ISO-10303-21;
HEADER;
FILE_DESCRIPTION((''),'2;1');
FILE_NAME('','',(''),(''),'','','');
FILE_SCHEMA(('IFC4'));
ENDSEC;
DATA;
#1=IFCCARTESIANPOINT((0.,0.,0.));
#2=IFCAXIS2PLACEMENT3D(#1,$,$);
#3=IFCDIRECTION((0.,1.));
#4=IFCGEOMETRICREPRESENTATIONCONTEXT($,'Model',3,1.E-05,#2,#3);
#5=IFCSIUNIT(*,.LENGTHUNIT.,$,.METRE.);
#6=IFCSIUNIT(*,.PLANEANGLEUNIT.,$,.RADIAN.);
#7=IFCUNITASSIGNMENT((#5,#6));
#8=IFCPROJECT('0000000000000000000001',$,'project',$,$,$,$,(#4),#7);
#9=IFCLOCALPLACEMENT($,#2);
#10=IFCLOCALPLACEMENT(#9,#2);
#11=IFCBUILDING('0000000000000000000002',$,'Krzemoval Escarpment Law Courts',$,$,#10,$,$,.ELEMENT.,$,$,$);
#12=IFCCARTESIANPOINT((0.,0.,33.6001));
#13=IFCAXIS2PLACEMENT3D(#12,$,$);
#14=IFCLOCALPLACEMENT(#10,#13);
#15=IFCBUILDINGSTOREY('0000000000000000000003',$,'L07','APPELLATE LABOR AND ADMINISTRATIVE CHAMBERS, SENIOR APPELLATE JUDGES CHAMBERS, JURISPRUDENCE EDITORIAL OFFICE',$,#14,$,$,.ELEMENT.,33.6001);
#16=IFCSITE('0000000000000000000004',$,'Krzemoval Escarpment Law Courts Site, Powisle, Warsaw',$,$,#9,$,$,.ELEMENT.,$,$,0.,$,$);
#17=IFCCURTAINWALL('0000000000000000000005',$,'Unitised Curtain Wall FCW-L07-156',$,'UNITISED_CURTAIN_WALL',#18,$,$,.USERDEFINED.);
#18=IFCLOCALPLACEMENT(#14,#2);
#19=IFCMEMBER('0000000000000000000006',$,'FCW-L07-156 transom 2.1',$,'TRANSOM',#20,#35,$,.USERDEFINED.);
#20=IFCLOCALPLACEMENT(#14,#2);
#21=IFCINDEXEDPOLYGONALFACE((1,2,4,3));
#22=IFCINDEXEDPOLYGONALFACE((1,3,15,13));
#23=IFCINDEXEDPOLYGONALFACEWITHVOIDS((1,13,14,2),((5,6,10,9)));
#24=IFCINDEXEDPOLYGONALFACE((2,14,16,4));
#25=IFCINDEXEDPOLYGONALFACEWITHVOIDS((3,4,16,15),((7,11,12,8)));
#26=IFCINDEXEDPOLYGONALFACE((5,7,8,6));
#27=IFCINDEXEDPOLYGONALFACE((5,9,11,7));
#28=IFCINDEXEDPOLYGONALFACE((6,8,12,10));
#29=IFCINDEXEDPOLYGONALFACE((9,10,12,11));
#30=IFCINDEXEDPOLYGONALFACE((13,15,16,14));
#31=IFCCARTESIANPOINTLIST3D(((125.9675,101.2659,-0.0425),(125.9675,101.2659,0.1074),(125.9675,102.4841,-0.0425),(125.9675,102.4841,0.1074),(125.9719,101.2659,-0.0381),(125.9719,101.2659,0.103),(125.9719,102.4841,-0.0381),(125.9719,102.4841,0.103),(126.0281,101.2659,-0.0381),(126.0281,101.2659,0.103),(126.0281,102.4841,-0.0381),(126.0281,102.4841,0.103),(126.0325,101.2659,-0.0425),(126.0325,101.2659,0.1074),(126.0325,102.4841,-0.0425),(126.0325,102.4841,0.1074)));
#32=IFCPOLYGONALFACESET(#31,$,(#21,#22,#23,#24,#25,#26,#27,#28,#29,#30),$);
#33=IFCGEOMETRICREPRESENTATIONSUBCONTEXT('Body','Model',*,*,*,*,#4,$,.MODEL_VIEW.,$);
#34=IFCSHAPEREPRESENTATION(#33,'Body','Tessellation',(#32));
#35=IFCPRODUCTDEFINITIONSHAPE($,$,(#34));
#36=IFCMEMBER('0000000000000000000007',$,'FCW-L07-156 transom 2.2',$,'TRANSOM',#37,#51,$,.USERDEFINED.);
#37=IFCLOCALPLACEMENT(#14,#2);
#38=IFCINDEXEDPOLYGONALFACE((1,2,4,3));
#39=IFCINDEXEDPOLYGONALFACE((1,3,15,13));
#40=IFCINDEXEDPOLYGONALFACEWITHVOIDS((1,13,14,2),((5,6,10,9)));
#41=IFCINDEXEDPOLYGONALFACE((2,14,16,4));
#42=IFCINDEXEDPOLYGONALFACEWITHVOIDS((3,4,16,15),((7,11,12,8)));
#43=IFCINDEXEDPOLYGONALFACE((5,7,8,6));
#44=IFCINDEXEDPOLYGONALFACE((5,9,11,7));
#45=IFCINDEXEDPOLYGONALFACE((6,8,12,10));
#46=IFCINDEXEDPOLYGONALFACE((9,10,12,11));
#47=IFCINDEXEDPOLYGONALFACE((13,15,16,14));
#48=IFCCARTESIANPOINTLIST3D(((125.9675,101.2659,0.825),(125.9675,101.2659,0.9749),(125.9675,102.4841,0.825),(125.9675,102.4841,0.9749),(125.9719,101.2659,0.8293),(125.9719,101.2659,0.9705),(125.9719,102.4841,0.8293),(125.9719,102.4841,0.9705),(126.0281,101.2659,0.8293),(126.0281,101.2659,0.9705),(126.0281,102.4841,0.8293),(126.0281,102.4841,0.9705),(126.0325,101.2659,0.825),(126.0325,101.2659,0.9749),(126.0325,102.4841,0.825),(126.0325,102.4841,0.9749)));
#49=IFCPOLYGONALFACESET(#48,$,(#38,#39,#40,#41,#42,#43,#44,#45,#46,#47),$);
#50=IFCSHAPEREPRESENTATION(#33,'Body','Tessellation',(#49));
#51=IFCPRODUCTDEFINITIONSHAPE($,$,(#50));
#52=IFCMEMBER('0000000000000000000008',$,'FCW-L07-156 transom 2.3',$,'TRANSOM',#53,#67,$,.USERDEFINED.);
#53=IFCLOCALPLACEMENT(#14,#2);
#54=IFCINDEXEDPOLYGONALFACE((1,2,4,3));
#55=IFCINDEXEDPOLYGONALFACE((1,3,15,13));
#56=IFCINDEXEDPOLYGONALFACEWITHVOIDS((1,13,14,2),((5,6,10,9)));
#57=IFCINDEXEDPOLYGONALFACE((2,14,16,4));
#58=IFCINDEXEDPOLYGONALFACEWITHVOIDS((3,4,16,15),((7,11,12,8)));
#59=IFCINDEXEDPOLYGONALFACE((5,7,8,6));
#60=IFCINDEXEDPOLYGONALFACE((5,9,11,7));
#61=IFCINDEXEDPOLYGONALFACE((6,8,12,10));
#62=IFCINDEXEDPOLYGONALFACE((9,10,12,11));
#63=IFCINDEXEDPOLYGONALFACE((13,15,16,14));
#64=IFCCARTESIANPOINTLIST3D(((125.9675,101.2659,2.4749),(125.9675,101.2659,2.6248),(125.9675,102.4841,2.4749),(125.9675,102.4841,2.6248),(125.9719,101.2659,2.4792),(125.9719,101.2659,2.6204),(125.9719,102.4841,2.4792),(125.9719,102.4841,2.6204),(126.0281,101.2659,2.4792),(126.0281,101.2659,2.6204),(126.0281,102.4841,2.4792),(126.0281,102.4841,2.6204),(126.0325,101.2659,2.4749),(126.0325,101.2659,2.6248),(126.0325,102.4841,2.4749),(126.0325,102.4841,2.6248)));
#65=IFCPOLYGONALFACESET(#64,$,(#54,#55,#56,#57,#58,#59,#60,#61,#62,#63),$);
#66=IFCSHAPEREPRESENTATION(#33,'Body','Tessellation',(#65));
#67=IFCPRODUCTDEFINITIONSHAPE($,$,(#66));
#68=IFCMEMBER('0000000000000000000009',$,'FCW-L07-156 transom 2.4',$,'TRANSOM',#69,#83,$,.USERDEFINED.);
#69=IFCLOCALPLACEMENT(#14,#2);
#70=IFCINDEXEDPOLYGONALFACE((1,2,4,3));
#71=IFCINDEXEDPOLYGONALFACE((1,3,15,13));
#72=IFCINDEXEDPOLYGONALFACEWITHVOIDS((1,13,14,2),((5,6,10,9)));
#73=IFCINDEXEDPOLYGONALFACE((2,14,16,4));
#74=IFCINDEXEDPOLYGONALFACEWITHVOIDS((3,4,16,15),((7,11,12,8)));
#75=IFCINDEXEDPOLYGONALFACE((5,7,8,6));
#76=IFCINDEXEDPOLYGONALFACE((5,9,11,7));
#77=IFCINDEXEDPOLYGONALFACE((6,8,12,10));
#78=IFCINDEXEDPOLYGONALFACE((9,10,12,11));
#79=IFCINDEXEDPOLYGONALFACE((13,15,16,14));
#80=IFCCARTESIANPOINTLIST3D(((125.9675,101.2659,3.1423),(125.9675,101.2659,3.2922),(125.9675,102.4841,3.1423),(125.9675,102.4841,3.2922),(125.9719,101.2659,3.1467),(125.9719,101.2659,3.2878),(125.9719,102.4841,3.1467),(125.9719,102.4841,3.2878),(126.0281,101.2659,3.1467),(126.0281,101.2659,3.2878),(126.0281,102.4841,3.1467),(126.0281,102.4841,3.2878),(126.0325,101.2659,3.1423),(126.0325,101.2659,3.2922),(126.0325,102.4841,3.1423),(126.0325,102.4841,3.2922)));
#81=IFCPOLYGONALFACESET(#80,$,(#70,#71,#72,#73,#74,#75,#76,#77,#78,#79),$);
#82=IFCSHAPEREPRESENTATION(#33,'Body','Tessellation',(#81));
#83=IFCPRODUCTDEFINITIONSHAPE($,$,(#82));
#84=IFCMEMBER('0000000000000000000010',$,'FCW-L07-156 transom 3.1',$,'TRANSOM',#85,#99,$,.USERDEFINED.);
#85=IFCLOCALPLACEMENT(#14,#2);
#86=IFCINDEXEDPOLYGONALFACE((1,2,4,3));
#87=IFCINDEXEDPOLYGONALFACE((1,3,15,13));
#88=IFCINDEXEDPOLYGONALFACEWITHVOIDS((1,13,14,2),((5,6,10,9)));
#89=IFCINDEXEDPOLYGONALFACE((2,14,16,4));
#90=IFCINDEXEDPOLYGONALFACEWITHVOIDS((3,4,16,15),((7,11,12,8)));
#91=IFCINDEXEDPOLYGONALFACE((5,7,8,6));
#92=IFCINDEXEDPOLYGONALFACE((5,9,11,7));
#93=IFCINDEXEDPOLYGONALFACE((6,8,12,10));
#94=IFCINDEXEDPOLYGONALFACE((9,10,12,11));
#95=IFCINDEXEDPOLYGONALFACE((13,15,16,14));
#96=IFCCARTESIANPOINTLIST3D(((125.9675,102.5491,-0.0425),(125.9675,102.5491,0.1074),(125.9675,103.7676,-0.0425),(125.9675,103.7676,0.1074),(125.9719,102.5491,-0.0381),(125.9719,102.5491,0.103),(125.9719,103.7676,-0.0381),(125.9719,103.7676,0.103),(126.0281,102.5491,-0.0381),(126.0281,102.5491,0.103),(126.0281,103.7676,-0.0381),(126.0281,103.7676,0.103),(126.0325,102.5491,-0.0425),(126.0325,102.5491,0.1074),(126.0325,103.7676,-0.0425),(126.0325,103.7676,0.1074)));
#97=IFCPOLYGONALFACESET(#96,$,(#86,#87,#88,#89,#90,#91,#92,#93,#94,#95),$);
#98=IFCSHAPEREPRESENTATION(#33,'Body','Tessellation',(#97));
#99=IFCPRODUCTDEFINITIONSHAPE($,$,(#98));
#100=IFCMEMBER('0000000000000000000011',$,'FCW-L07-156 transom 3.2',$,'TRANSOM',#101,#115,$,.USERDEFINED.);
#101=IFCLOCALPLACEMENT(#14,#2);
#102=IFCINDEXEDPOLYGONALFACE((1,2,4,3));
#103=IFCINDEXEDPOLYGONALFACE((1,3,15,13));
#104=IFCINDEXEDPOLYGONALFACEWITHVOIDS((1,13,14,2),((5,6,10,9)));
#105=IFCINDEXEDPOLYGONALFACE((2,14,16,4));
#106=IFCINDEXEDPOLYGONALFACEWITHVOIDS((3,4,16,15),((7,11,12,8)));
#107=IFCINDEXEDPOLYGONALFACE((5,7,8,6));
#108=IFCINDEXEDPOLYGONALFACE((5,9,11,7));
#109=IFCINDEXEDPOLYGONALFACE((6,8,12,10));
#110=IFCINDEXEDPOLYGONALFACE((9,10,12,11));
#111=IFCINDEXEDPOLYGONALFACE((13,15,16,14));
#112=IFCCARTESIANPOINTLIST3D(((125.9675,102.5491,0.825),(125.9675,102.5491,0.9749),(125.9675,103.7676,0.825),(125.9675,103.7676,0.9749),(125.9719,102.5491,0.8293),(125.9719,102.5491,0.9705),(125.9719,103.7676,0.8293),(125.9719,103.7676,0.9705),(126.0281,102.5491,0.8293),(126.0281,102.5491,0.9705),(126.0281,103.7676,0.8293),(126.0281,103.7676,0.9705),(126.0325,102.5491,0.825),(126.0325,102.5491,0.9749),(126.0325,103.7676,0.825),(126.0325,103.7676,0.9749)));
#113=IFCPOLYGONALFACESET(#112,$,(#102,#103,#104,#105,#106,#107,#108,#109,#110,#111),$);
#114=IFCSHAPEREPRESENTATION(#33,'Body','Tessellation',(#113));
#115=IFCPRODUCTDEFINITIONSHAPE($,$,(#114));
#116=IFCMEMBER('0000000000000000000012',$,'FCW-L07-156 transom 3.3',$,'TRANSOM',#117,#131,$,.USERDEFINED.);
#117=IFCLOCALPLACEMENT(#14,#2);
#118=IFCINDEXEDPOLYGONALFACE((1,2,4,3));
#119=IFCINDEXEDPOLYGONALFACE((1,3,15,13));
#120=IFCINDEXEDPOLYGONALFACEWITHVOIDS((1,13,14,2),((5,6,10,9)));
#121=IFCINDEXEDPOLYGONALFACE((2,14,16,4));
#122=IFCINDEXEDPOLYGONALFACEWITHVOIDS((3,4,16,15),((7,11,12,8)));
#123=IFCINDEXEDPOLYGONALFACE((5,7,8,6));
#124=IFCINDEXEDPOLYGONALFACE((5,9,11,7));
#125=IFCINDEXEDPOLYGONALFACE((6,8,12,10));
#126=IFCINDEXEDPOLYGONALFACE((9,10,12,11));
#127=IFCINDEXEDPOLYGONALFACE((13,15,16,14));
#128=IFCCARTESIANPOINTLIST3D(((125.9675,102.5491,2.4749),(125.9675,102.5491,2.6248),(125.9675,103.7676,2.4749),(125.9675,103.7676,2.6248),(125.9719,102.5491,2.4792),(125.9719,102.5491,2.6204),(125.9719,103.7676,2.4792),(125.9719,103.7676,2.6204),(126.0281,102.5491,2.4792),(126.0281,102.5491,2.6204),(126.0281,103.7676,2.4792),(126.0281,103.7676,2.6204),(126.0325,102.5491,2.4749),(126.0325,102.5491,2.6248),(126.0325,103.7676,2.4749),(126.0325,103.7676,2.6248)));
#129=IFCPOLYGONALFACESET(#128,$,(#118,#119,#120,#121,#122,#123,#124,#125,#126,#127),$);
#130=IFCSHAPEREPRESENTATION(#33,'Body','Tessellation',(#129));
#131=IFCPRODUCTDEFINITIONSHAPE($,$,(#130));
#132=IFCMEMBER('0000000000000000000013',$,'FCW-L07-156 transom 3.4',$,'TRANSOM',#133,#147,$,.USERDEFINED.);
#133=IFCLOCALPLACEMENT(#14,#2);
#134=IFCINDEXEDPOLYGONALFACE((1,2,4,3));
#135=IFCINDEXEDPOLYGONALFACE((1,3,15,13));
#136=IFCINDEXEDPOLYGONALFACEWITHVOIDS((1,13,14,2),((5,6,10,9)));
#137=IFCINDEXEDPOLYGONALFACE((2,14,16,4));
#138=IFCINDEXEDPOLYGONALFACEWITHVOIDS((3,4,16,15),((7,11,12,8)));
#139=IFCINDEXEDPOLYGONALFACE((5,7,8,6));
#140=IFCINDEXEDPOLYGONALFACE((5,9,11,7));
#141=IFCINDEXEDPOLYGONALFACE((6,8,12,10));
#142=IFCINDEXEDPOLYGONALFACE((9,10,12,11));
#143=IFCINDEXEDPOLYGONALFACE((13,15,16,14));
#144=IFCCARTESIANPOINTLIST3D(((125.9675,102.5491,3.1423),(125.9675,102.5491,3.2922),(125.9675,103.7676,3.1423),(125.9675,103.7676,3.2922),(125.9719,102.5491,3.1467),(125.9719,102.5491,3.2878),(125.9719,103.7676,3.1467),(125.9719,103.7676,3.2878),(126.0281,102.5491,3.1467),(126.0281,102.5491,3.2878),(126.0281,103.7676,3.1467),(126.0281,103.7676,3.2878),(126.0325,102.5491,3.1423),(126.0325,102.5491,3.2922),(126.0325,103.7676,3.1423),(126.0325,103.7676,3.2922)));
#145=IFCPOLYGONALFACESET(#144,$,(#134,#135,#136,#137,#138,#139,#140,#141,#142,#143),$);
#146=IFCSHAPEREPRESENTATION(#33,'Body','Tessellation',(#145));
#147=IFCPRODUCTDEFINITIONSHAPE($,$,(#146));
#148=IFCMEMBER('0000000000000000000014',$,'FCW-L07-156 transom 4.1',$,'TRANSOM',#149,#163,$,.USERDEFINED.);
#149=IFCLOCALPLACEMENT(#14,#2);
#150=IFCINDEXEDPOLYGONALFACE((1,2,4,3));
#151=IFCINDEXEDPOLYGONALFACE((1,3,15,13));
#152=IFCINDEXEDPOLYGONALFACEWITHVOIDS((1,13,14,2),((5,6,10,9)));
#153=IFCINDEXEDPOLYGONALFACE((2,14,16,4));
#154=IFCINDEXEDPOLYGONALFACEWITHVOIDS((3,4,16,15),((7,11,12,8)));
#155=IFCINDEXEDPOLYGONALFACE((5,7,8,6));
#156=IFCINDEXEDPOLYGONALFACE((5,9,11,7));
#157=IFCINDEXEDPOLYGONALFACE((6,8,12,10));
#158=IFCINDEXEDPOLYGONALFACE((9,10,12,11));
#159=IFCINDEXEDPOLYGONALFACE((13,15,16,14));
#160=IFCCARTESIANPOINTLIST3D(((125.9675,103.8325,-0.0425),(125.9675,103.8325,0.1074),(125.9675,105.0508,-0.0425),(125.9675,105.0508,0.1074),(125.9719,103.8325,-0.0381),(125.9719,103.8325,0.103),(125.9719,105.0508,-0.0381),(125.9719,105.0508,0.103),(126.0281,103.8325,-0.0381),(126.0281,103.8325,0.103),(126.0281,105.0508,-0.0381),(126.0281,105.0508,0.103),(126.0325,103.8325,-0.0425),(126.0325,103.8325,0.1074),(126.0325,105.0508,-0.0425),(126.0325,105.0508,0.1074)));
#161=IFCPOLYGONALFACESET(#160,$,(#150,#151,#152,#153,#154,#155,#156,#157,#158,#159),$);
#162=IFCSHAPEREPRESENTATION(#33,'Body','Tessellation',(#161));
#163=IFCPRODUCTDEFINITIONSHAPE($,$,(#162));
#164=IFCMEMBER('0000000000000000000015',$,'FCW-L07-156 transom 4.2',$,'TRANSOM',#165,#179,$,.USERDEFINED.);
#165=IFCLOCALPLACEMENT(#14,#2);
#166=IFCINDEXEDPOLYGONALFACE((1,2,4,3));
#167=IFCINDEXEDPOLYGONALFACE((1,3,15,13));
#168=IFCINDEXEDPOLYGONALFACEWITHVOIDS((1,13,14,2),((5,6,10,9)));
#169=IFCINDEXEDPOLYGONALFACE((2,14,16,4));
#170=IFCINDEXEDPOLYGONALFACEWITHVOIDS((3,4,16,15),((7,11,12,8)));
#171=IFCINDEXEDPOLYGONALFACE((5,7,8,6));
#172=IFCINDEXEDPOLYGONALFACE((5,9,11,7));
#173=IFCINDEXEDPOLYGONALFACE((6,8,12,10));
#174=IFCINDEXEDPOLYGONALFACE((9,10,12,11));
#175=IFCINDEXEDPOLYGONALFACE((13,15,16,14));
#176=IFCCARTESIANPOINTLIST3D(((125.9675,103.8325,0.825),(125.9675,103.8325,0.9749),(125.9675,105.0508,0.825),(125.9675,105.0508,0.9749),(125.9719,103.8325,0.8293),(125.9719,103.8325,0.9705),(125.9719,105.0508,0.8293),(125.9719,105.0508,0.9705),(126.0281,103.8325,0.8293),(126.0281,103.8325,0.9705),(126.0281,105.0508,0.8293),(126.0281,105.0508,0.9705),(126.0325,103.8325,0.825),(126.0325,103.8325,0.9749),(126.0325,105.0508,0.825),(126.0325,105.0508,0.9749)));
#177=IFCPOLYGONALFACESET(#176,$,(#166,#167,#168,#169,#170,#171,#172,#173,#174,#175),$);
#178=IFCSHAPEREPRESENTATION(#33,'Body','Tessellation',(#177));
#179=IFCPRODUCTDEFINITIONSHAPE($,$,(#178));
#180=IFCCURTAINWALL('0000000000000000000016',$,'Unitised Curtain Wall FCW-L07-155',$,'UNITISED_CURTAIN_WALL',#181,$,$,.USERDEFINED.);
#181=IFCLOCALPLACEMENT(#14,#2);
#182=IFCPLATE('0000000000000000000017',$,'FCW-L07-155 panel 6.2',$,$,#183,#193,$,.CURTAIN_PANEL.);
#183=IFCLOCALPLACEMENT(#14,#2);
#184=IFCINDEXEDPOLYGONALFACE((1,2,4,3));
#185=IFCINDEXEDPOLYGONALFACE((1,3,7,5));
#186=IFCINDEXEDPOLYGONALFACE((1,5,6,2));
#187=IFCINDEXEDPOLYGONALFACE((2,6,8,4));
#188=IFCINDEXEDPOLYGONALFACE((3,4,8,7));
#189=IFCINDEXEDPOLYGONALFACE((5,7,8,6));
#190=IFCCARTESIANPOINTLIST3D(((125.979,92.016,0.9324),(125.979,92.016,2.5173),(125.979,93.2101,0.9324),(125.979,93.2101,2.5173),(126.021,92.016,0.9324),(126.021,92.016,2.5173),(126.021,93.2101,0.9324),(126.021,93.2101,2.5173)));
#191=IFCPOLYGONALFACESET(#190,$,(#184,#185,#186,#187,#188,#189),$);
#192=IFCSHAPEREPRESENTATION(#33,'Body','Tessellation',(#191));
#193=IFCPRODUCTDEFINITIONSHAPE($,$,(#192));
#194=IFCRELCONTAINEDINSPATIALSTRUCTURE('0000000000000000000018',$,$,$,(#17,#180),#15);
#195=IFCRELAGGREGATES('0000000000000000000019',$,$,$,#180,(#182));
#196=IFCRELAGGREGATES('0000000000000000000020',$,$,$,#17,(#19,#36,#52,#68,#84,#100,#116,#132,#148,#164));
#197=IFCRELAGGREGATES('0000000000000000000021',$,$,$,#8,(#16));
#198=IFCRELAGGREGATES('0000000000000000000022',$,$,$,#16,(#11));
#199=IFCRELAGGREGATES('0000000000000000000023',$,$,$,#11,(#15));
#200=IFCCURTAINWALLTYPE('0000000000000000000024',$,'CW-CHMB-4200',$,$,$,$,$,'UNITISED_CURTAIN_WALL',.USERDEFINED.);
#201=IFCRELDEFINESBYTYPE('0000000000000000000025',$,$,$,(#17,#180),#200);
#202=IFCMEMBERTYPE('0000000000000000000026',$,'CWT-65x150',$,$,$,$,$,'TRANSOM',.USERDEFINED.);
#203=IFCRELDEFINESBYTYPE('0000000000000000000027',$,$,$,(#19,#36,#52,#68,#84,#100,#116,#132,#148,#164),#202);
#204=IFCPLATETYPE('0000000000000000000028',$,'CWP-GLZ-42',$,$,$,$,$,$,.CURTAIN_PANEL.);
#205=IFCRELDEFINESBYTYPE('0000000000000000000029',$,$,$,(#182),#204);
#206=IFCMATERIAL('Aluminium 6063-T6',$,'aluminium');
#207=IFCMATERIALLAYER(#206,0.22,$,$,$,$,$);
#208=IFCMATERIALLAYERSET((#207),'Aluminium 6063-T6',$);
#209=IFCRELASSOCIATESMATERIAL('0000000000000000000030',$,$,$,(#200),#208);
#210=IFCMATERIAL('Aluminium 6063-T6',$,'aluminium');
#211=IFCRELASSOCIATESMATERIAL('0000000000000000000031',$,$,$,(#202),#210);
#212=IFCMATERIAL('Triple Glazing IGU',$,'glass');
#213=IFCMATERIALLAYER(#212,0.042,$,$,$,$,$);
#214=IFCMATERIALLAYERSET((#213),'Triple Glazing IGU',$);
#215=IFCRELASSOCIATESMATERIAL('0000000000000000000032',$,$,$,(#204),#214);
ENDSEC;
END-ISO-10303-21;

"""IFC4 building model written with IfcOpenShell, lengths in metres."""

from ifc_helpers import new_model, si_unit, direction, frame, origin, origin_2d, place, context, subcontext, project, spatial, rectangle, hollow_rectangle, extrude, material, layer, layer_set, material_profile, profile_set, type_object, element, aggregate, save


model = new_model("IFC4")

# Units and contexts
model_context = context("Model", 3, precision=1e-05, world=origin(), true_north=direction((0.0, 1.0)))
body_context = subcontext(model_context, "Body", "Model", "MODEL_VIEW")
ifc_project = project(units=[si_unit("LENGTHUNIT", "METRE"), si_unit("PLANEANGLEUNIT", "RADIAN")], contexts=[model_context])

# Site, building, storey
site_placement = place(None, origin())
site = spatial("IfcSite", under=ifc_project, at=site_placement, Name="Krzemoval Escarpment Law Courts Site, Powisle, Warsaw", CompositionType="ELEMENT", RefElevation=0.0)
building_placement = place(site_placement, origin())
building = spatial("IfcBuilding", under=site, at=building_placement, Name="Krzemoval Escarpment Law Courts", CompositionType="ELEMENT")
storey_placement = place(building_placement, frame((0.0, 0.0, 33.6001)))
storey = spatial("IfcBuildingStorey", under=building, at=storey_placement, Name="L07", Description="APPELLATE LABOR AND ADMINISTRATIVE CHAMBERS, SENIOR APPELLATE JUDGES CHAMBERS, JURISPRUDENCE EDITORIAL OFFICE", CompositionType="ELEMENT", Elevation=33.6001)

# Curtain wall, members
ifc_material_1 = material(Name="Aluminium 6063-T6", Category="aluminium")
ifc_layer_1 = layer(ifc_material_1, 0.22)
ifc_layer_set_1 = layer_set([ifc_layer_1], Name="Aluminium 6063-T6")
curtain_wall_type = type_object("IfcCurtainWallType", Name="CW-CHMB-4200", ElementType="UNITISED_CURTAIN_WALL", PredefinedType="USERDEFINED", material=ifc_layer_set_1)
curtain_wall_1_placement = place(storey_placement, origin())
curtain_wall_1 = element("IfcCurtainWall", 1, at=curtain_wall_1_placement, inside=storey, type_object=curtain_wall_type, Name="Unitised Curtain Wall FCW-L07-156", ObjectType="UNITISED_CURTAIN_WALL", PredefinedType="USERDEFINED")
ifc_material_2 = material(Name="Aluminium 6063-T6", Category="aluminium")
ifc_material_profile_1 = material_profile(ifc_material_2, hollow_rectangle(XDim=0.0649, YDim=0.1499, WallThickness=0.0044, at=origin_2d()), Name="ALU T65x150")
ifc_profile_set_1 = profile_set([ifc_material_profile_1], Name="Aluminium 6063-T6")
member_type_1 = type_object("IfcMemberType", Name="CWT-65x150", ElementType="TRANSOM", PredefinedType="USERDEFINED", material=ifc_profile_set_1)
member_1_placement = place(storey_placement, frame((126.0, 101.2659, 0.0325), z_axis=(0.0, 1.0, 0.0), x_axis=(-1.0, 0.0, 0.0)))
member_1 = element("IfcMember", 2, at=member_1_placement, type_object=member_type_1, Name="FCW-L07-156 transom 2.1", ObjectType="TRANSOM", PredefinedType="USERDEFINED", context=body_context, shape_type="SweptSolid", body=[
    extrude(hollow_rectangle(XDim=0.0649, YDim=0.1499, WallThickness=0.0044, at=origin_2d()), origin(), (0.0, 0.0, 1.0), 1.2183),
])
member_2_placement = place(storey_placement, frame((126.0, 101.2659, 0.8999), z_axis=(0.0, 1.0, 0.0), x_axis=(-1.0, 0.0, 0.0)))
member_2 = element("IfcMember", 3, at=member_2_placement, type_object=member_type_1, Name="FCW-L07-156 transom 2.2", ObjectType="TRANSOM", PredefinedType="USERDEFINED", context=body_context, shape_type="SweptSolid", body=[
    extrude(hollow_rectangle(XDim=0.0649, YDim=0.1499, WallThickness=0.0044, at=origin_2d()), origin(), (0.0, 0.0, 1.0), 1.2183),
])
member_3_placement = place(storey_placement, frame((126.0, 101.2659, 2.5498), z_axis=(0.0, 1.0, 0.0), x_axis=(-1.0, 0.0, 0.0)))
member_3 = element("IfcMember", 4, at=member_3_placement, type_object=member_type_1, Name="FCW-L07-156 transom 2.3", ObjectType="TRANSOM", PredefinedType="USERDEFINED", context=body_context, shape_type="SweptSolid", body=[
    extrude(hollow_rectangle(XDim=0.0649, YDim=0.1499, WallThickness=0.0044, at=origin_2d()), origin(), (0.0, 0.0, 1.0), 1.2183),
])
member_4_placement = place(storey_placement, frame((126.0, 101.2659, 3.2173), z_axis=(0.0, 1.0, 0.0), x_axis=(-1.0, 0.0, 0.0)))
member_4 = element("IfcMember", 5, at=member_4_placement, type_object=member_type_1, Name="FCW-L07-156 transom 2.4", ObjectType="TRANSOM", PredefinedType="USERDEFINED", context=body_context, shape_type="SweptSolid", body=[
    extrude(hollow_rectangle(XDim=0.0649, YDim=0.1499, WallThickness=0.0044, at=origin_2d()), origin(), (0.0, 0.0, 1.0), 1.2183),
])
member_5_placement = place(storey_placement, frame((126.0, 102.5491, 0.0325), z_axis=(0.0, 1.0, 0.0), x_axis=(-1.0, 0.0, 0.0)))
member_5 = element("IfcMember", 6, at=member_5_placement, type_object=member_type_1, Name="FCW-L07-156 transom 3.1", ObjectType="TRANSOM", PredefinedType="USERDEFINED", context=body_context, shape_type="SweptSolid", body=[
    extrude(hollow_rectangle(XDim=0.0649, YDim=0.1499, WallThickness=0.0044, at=origin_2d()), origin(), (0.0, 0.0, 1.0), 1.2185),
])
member_6_placement = place(storey_placement, frame((126.0, 102.5491, 0.8999), z_axis=(0.0, 1.0, 0.0), x_axis=(-1.0, 0.0, 0.0)))
member_6 = element("IfcMember", 7, at=member_6_placement, type_object=member_type_1, Name="FCW-L07-156 transom 3.2", ObjectType="TRANSOM", PredefinedType="USERDEFINED", context=body_context, shape_type="SweptSolid", body=[
    extrude(hollow_rectangle(XDim=0.0649, YDim=0.1499, WallThickness=0.0044, at=origin_2d()), origin(), (0.0, 0.0, 1.0), 1.2185),
])
member_7_placement = place(storey_placement, frame((126.0, 102.5491, 2.5498), z_axis=(0.0, 1.0, 0.0), x_axis=(-1.0, 0.0, 0.0)))
member_7 = element("IfcMember", 8, at=member_7_placement, type_object=member_type_1, Name="FCW-L07-156 transom 3.3", ObjectType="TRANSOM", PredefinedType="USERDEFINED", context=body_context, shape_type="SweptSolid", body=[
    extrude(hollow_rectangle(XDim=0.0649, YDim=0.1499, WallThickness=0.0044, at=origin_2d()), origin(), (0.0, 0.0, 1.0), 1.2185),
])
member_8_placement = place(storey_placement, frame((126.0, 102.5491, 3.2173), z_axis=(0.0, 1.0, 0.0), x_axis=(-1.0, 0.0, 0.0)))
member_8 = element("IfcMember", 9, at=member_8_placement, type_object=member_type_1, Name="FCW-L07-156 transom 3.4", ObjectType="TRANSOM", PredefinedType="USERDEFINED", context=body_context, shape_type="SweptSolid", body=[
    extrude(hollow_rectangle(XDim=0.0649, YDim=0.1499, WallThickness=0.0044, at=origin_2d()), origin(), (0.0, 0.0, 1.0), 1.2185),
])
member_9_placement = place(storey_placement, frame((126.0, 103.8325, 0.0325), z_axis=(0.0, 1.0, 0.0), x_axis=(-1.0, 0.0, 0.0)))
member_9 = element("IfcMember", 10, at=member_9_placement, type_object=member_type_1, Name="FCW-L07-156 transom 4.1", ObjectType="TRANSOM", PredefinedType="USERDEFINED", context=body_context, shape_type="SweptSolid", body=[
    extrude(hollow_rectangle(XDim=0.0649, YDim=0.1499, WallThickness=0.0044, at=origin_2d()), origin(), (0.0, 0.0, 1.0), 1.2183),
])
member_10_placement = place(storey_placement, frame((126.0, 103.8325, 0.8999), z_axis=(0.0, 1.0, 0.0), x_axis=(-1.0, 0.0, 0.0)))
member_10 = element("IfcMember", 11, at=member_10_placement, type_object=member_type_1, Name="FCW-L07-156 transom 4.2", ObjectType="TRANSOM", PredefinedType="USERDEFINED", context=body_context, shape_type="SweptSolid", body=[
    extrude(hollow_rectangle(XDim=0.0649, YDim=0.1499, WallThickness=0.0044, at=origin_2d()), origin(), (0.0, 0.0, 1.0), 1.2183),
])

# Curtain wall, plate
curtain_wall_2_placement = place(storey_placement, origin())
curtain_wall_2 = element("IfcCurtainWall", 12, at=curtain_wall_2_placement, inside=storey, type_object=curtain_wall_type, Name="Unitised Curtain Wall FCW-L07-155", ObjectType="UNITISED_CURTAIN_WALL", PredefinedType="USERDEFINED")
ifc_material_3 = material(Name="Triple Glazing IGU", Category="glass")
ifc_layer_2 = layer(ifc_material_3, 0.042)
ifc_layer_set_2 = layer_set([ifc_layer_2], Name="Triple Glazing IGU")
plate_type = type_object("IfcPlateType", Name="CWP-GLZ-42", PredefinedType="CURTAIN_PANEL", material=ifc_layer_set_2)
plate_1_placement = place(storey_placement, frame((126.0, 92.613, 0.9324), z_axis=(0.0, 0.0, 1.0), x_axis=(0.0, 1.0, 0.0)))
plate_1 = element("IfcPlate", 13, at=plate_1_placement, type_object=plate_type, Name="FCW-L07-155 panel 6.2", PredefinedType="CURTAIN_PANEL", context=body_context, shape_type="SweptSolid", body=[
    extrude(rectangle(XDim=1.1941, YDim=0.042, at=origin_2d()), origin(), (0.0, 0.0, 1.0), 1.585),
])
aggregate(curtain_wall_2, [plate_1])

aggregate(curtain_wall_1, [member_1, member_2, member_3, member_4, member_5, member_6, member_7, member_8, member_9, member_10])

save(model, "model.ifc")
